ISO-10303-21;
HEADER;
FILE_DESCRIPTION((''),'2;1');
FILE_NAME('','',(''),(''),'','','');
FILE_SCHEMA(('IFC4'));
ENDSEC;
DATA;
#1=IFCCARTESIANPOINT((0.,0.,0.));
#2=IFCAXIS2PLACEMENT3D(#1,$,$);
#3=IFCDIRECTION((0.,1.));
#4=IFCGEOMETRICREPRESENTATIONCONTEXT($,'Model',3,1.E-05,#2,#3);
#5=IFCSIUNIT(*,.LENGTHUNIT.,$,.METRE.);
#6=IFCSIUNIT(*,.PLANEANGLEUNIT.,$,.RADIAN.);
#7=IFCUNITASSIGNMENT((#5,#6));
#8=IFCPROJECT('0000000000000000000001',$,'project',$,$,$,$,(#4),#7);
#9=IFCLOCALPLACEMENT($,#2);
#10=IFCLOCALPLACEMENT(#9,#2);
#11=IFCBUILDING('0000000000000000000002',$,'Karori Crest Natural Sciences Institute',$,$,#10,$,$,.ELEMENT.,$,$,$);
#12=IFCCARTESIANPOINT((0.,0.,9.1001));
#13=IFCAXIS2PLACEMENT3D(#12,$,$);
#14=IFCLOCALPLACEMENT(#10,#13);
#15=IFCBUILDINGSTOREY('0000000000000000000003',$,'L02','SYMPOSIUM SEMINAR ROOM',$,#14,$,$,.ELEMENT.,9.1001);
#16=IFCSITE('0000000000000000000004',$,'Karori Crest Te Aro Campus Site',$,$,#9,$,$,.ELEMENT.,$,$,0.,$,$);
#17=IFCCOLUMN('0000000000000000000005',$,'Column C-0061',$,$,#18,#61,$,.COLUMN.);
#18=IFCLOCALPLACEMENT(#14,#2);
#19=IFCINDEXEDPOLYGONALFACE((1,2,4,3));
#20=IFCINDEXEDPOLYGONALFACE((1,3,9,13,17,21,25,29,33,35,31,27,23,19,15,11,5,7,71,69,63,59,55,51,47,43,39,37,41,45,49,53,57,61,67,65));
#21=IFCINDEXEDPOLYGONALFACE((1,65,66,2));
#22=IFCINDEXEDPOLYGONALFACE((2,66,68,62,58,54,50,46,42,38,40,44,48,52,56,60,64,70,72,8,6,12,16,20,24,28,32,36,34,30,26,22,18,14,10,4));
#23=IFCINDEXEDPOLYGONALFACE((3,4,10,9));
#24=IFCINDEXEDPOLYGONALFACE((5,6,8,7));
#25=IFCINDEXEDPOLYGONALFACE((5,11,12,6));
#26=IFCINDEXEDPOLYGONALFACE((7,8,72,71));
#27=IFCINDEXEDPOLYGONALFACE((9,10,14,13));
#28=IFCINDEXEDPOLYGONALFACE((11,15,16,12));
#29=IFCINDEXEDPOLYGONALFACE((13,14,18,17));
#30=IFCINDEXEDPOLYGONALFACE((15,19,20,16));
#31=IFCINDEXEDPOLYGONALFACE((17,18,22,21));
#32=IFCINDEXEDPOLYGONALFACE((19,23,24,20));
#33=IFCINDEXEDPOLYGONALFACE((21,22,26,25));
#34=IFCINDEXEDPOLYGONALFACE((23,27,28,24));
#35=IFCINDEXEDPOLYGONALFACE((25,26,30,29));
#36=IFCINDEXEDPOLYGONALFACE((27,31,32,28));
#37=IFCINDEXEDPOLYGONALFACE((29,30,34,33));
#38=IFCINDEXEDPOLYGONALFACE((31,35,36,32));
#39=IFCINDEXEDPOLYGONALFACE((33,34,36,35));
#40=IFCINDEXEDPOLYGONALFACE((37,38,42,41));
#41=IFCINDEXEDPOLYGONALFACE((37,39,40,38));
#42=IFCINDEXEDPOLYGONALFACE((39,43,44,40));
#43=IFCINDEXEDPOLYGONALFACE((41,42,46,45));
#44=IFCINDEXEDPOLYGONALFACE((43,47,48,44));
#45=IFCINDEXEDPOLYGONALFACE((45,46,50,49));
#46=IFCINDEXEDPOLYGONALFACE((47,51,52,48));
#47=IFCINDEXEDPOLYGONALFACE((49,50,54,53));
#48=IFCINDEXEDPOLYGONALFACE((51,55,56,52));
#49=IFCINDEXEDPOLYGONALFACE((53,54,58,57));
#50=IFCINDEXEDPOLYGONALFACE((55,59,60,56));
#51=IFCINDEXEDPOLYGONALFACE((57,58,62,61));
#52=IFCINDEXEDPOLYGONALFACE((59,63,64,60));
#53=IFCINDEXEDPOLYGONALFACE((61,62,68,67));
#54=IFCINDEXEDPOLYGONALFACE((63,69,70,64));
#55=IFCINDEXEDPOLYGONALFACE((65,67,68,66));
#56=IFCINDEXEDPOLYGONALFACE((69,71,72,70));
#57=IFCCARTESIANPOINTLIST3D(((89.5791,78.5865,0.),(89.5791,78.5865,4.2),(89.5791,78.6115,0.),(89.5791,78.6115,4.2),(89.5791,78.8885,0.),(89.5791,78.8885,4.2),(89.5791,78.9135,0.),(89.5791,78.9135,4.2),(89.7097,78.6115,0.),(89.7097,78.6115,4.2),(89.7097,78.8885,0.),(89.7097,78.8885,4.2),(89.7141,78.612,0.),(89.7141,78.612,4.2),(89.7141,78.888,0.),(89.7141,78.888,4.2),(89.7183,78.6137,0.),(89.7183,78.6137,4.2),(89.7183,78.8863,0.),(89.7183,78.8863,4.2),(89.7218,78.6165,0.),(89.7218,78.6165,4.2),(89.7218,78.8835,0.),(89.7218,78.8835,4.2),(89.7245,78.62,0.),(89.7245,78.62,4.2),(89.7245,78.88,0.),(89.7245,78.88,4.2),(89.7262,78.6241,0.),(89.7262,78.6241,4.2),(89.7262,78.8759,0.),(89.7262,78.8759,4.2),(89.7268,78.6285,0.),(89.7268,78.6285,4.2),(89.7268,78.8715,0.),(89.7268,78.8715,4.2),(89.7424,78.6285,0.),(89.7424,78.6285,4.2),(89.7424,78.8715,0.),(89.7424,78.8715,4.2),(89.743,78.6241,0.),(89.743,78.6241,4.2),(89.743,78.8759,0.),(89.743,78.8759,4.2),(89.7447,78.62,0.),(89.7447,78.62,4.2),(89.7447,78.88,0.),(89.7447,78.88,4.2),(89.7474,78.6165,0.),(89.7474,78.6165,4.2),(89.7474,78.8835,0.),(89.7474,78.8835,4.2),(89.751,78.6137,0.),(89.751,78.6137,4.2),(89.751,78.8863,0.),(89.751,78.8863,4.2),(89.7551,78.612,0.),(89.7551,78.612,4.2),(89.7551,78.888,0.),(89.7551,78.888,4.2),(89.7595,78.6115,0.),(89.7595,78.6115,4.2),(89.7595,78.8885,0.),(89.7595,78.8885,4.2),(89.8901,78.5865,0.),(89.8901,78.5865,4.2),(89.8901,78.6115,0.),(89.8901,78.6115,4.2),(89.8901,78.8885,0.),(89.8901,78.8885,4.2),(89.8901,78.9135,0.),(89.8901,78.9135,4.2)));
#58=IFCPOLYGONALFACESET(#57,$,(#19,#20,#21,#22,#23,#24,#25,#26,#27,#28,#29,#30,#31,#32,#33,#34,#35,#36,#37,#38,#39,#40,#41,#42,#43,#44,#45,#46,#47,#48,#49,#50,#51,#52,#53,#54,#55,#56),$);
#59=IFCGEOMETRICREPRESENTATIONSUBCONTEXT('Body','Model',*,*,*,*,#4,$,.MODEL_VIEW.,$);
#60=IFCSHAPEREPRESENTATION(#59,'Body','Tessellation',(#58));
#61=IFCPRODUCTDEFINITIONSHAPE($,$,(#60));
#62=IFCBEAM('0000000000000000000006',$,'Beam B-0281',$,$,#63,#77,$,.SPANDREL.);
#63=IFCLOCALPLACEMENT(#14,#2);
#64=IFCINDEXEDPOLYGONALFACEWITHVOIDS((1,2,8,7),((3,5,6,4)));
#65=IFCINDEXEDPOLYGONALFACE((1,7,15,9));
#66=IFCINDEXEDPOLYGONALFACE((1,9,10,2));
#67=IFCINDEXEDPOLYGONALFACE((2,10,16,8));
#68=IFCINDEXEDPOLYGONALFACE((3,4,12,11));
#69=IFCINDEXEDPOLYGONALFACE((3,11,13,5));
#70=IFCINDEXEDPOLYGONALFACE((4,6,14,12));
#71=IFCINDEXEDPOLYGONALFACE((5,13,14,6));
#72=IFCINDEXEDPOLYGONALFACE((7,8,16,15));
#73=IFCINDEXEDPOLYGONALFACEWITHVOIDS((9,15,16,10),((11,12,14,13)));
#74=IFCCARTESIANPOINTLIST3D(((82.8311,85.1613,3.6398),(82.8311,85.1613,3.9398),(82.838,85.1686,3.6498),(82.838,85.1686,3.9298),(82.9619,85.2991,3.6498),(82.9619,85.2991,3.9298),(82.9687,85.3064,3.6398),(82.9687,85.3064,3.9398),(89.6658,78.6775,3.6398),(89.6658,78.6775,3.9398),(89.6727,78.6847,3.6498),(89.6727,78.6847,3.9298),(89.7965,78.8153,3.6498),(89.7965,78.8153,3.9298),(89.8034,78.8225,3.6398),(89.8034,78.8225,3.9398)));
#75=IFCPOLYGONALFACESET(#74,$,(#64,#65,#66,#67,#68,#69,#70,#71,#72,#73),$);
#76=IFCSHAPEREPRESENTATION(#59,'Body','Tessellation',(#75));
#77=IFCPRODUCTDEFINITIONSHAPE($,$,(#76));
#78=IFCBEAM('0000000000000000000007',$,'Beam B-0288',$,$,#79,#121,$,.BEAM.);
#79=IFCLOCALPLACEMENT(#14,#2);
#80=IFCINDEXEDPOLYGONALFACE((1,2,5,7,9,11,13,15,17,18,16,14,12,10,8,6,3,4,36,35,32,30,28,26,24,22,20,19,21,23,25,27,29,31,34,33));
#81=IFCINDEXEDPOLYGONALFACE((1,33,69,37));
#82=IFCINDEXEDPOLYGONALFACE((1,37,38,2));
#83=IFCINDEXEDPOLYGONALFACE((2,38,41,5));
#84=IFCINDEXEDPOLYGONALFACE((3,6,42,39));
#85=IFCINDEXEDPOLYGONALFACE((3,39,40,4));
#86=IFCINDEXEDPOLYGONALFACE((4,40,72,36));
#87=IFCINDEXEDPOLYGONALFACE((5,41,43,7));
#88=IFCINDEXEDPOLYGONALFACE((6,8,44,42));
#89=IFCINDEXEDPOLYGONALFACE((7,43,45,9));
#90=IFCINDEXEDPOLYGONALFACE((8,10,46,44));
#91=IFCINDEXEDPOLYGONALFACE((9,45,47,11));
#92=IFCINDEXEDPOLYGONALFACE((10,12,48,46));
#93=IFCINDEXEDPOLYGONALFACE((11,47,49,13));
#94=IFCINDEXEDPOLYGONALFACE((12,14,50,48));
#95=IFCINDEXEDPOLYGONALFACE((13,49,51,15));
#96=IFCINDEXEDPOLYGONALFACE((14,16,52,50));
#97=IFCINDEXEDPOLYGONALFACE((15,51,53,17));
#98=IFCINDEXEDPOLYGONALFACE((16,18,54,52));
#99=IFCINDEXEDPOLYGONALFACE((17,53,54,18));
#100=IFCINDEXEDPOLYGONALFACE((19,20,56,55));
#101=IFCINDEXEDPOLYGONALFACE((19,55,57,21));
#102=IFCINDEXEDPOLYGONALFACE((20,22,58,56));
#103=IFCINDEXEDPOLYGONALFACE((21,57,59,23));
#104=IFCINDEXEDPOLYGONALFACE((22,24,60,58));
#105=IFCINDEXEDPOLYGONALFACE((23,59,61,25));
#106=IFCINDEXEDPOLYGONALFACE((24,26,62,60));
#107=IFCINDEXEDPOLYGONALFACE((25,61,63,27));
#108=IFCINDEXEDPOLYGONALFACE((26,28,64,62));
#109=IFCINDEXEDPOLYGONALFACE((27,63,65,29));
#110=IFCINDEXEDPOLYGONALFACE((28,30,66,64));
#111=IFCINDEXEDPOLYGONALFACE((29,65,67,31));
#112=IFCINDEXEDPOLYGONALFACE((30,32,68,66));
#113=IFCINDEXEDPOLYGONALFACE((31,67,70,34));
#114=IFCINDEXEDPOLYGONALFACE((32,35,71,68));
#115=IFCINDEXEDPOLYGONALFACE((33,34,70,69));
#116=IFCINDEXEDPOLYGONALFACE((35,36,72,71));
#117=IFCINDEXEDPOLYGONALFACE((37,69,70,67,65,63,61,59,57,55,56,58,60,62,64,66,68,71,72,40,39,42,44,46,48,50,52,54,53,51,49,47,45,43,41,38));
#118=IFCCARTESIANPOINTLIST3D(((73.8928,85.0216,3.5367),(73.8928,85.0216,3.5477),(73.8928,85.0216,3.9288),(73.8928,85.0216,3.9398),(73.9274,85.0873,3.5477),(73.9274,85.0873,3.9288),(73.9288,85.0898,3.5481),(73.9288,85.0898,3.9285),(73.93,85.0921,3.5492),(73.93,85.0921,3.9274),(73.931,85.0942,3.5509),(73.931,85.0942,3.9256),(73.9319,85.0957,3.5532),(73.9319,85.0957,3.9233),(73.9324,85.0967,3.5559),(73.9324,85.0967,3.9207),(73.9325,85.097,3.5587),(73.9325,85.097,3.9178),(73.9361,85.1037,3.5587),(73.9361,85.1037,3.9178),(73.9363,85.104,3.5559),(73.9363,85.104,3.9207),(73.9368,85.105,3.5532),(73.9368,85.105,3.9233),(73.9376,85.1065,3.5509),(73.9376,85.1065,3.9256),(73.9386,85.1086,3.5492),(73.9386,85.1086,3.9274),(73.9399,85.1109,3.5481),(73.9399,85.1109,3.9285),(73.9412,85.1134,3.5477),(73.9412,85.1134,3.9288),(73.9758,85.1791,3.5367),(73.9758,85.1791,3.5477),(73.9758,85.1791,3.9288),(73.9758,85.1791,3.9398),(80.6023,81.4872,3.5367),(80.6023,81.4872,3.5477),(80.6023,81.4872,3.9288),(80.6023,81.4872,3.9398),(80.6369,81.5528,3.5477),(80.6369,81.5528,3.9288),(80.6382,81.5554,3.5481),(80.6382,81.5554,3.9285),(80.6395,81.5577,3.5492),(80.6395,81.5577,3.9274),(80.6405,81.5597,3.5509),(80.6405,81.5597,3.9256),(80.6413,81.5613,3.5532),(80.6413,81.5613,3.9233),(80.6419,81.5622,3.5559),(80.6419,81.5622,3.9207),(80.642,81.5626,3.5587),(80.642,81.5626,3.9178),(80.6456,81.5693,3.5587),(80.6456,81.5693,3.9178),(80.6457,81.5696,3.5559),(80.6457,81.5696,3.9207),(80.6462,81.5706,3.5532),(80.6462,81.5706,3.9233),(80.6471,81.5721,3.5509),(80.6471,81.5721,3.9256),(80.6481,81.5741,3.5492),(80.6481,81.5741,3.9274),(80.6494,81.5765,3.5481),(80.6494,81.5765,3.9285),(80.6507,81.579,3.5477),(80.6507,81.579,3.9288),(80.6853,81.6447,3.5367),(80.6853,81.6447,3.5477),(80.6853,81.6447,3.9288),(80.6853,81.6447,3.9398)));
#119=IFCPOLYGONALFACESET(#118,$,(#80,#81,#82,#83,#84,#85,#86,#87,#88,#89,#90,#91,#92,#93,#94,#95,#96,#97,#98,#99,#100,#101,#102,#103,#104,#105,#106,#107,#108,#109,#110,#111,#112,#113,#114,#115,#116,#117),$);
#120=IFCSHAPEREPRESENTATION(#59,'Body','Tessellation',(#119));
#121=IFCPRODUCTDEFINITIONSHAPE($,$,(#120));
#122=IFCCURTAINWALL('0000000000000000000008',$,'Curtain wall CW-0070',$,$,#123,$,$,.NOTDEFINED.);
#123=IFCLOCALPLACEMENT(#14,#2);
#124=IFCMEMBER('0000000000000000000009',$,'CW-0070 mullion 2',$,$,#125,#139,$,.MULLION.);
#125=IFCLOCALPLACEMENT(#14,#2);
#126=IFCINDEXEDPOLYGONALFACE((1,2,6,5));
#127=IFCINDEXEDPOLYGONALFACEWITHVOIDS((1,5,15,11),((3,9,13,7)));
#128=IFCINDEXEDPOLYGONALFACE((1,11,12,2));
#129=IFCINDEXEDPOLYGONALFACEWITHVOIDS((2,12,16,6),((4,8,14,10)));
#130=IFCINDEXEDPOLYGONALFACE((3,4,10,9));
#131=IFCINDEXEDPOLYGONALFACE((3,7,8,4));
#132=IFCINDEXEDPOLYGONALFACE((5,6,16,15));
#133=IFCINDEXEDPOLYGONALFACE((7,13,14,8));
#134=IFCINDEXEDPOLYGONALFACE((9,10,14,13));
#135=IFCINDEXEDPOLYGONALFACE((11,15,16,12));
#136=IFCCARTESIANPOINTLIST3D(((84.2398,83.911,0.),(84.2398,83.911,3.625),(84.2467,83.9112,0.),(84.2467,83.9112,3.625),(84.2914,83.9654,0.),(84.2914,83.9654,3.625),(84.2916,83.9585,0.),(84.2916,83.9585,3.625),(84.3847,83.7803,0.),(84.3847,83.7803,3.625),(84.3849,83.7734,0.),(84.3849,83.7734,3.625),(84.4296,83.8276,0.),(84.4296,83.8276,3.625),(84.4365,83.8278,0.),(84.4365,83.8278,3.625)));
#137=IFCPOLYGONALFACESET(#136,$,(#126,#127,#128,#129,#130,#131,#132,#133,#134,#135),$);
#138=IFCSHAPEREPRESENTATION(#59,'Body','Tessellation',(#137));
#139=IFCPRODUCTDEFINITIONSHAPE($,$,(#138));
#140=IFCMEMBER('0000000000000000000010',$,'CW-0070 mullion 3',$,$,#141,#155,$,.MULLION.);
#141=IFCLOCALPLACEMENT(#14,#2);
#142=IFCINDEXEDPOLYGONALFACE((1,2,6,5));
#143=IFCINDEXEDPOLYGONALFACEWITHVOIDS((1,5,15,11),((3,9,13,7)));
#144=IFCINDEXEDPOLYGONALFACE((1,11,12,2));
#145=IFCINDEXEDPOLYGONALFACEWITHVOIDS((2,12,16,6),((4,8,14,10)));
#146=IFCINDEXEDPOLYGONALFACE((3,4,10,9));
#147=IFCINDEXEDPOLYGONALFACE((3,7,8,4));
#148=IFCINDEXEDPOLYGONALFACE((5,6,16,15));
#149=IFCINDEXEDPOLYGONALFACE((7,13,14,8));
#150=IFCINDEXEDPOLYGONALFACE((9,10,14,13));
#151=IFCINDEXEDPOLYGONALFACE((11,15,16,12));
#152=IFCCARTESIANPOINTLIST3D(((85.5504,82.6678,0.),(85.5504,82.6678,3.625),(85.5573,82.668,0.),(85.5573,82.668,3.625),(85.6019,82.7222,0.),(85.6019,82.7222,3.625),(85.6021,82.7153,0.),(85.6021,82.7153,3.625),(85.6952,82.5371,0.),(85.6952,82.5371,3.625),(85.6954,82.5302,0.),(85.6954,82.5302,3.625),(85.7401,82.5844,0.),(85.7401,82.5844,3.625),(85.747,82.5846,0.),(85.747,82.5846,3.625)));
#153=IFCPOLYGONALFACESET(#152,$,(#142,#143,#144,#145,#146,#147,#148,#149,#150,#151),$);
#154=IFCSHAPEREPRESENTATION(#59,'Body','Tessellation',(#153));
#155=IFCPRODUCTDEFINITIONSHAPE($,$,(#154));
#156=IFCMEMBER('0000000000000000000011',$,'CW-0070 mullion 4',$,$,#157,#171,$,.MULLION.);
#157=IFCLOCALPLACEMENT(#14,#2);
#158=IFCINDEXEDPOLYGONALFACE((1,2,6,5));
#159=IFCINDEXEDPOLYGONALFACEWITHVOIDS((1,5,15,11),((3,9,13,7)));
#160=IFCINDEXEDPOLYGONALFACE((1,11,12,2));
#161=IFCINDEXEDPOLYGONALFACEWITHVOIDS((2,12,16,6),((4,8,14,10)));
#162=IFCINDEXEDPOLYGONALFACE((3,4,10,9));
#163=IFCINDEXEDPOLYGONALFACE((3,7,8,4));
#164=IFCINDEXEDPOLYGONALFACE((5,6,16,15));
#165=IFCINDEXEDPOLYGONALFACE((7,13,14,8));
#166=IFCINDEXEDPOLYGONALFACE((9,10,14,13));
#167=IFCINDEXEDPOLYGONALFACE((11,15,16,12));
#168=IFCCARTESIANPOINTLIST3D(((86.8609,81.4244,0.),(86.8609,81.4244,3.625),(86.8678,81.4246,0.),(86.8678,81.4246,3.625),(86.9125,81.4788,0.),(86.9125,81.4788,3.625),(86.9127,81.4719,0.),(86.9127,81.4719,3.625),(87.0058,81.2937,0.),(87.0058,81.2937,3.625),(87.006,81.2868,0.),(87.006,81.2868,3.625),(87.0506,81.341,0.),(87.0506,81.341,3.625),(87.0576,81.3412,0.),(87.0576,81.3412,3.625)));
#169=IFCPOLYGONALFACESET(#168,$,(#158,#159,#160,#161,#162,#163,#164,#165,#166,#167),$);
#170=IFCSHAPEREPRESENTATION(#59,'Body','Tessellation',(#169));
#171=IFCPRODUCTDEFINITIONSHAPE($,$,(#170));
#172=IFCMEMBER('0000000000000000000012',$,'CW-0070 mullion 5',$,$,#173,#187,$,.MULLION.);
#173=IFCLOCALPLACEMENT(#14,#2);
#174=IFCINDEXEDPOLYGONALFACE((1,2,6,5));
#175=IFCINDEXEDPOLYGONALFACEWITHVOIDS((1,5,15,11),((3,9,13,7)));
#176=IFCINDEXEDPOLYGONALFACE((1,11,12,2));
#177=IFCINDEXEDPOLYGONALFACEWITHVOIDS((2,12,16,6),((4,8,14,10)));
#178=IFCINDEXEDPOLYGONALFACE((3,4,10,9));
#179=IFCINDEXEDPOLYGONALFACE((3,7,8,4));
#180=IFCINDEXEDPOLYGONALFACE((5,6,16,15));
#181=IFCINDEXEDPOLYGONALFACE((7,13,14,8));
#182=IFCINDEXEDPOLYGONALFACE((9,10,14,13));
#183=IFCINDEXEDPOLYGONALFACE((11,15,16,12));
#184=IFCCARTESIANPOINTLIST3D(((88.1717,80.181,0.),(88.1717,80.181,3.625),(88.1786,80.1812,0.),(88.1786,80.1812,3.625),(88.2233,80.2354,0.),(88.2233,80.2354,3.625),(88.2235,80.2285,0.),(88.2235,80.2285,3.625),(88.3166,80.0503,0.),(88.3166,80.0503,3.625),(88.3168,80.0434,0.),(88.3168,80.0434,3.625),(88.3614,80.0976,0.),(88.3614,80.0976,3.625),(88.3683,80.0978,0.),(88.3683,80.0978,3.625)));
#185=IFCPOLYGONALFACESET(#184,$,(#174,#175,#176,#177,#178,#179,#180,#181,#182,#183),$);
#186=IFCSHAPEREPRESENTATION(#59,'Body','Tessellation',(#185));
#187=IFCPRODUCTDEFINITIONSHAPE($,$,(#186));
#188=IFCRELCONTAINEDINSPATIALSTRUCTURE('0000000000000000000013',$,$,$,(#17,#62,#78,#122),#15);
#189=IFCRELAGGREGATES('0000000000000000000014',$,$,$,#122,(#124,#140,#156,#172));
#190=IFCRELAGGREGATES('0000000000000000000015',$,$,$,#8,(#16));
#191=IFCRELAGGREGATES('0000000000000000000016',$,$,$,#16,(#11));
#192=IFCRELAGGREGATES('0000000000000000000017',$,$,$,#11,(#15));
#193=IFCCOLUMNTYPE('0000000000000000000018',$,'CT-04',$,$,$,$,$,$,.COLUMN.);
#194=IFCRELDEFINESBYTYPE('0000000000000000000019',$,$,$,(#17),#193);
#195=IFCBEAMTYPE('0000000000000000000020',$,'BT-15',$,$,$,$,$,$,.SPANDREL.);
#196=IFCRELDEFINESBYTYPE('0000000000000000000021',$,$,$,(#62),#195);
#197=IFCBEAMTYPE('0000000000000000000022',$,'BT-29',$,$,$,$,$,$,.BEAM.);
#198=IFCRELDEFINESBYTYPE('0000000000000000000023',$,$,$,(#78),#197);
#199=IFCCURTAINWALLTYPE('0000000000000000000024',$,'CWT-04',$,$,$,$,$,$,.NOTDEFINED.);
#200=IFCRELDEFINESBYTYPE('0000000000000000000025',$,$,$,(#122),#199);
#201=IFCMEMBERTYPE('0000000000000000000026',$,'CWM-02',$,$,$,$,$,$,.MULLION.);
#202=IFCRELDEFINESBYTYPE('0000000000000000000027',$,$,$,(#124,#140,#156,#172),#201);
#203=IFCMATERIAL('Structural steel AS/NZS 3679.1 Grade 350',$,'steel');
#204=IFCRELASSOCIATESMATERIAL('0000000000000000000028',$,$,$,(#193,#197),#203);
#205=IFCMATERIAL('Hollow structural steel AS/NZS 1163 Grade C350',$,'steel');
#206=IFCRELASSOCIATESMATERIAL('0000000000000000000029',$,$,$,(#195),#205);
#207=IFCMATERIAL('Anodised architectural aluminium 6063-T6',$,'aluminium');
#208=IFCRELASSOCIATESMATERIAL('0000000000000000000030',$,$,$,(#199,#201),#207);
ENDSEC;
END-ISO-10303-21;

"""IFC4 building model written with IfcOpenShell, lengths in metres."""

from ifc_helpers import new_model, si_unit, direction, frame, origin, origin_2d, place, context, subcontext, project, spatial, hollow_rectangle, i_section, extrude, material, material_profile, profile_set, type_object, element, aggregate, save


model = new_model("IFC4")

# Units and contexts
model_context = context("Model", 3, precision=1e-05, world=origin(), true_north=direction((0.0, 1.0)))
body_context = subcontext(model_context, "Body", "Model", "MODEL_VIEW")
ifc_project = project(units=[si_unit("LENGTHUNIT", "METRE"), si_unit("PLANEANGLEUNIT", "RADIAN")], contexts=[model_context])

# Site, building, storey
site_placement = place(None, origin())
site = spatial("IfcSite", under=ifc_project, at=site_placement, Name="Karori Crest Te Aro Campus Site", CompositionType="ELEMENT", RefElevation=0.0)
building_placement = place(site_placement, origin())
building = spatial("IfcBuilding", under=site, at=building_placement, Name="Karori Crest Natural Sciences Institute", CompositionType="ELEMENT")
storey_placement = place(building_placement, frame((0.0, 0.0, 9.1001)))
storey = spatial("IfcBuildingStorey", under=building, at=storey_placement, Name="L02", Description="SYMPOSIUM SEMINAR ROOM", CompositionType="ELEMENT", Elevation=9.1001)

# Column
ifc_material_1 = material(Name="Structural steel AS/NZS 3679.1 Grade 350", Category="steel")
ifc_material_profile_1 = material_profile(ifc_material_1, i_section(OverallWidth=0.311, OverallDepth=0.3269, WebThickness=0.0156, FlangeThickness=0.0249, FilletRadius=0.0171, at=origin_2d()), Name="310UC158")
ifc_profile_set_1 = profile_set([ifc_material_profile_1], Name="Structural steel AS/NZS 3679.1 Grade 350")
column_type = type_object("IfcColumnType", Name="CT-04", PredefinedType="COLUMN", material=ifc_profile_set_1)
column_placement = place(storey_placement, frame((89.7346, 78.75, 0.0), z_axis=(0.0, 0.0, 1.0), x_axis=(1.0, 0.0, 0.0)))
element("IfcColumn", 1, at=column_placement, inside=storey, type_object=column_type, Name="Column C-0061", PredefinedType="COLUMN", context=body_context, shape_type="SweptSolid", body=[
    extrude(i_section(OverallWidth=0.311, OverallDepth=0.3269, WebThickness=0.0156, FlangeThickness=0.0249, FilletRadius=0.0171, at=origin_2d()), origin(), (0.0, 0.0, 1.0), 4.2),
])

# Beams
ifc_material_2 = material(Name="Hollow structural steel AS/NZS 1163 Grade C350", Category="steel")
ifc_material_profile_2 = material_profile(ifc_material_2, hollow_rectangle(XDim=0.2, YDim=0.3, WallThickness=0.01, at=origin_2d()), Name="RHS300x200x10")
ifc_profile_set_2 = profile_set([ifc_material_profile_2], Name="Hollow structural steel AS/NZS 1163 Grade C350")
beam_type_1 = type_object("IfcBeamType", Name="BT-15", PredefinedType="SPANDREL", material=ifc_profile_set_2)
beam_1_placement = place(storey_placement, frame((89.7346, 78.75, 3.7898), z_axis=(-0.725481, 0.688242, 0.0), x_axis=(-0.688242, -0.725481, 0.0)))
element("IfcBeam", 2, at=beam_1_placement, inside=storey, type_object=beam_type_1, Name="Beam B-0281", PredefinedType="SPANDREL", context=body_context, shape_type="SweptSolid", body=[
    extrude(hollow_rectangle(XDim=0.2, YDim=0.3, WallThickness=0.01, at=origin_2d()), origin(), (0.0, 0.0, 1.0), 9.4209),
])
ifc_material_profile_3 = material_profile(ifc_material_1, i_section(OverallWidth=0.178, OverallDepth=0.4031, WebThickness=0.0076, FlangeThickness=0.011, FilletRadius=0.011, at=origin_2d()), Name="410UB53.7")
ifc_profile_set_3 = profile_set([ifc_material_profile_3], Name="Structural steel AS/NZS 3679.1 Grade 350")
beam_type_2 = type_object("IfcBeamType", Name="BT-29", PredefinedType="BEAM", material=ifc_profile_set_3)
beam_2_placement = place(storey_placement, frame((80.6438, 81.5659, 3.7383), z_axis=(-0.884748, 0.466069, 0.0), x_axis=(-0.466069, -0.884748, 0.0)))
element("IfcBeam", 3, at=beam_2_placement, inside=storey, type_object=beam_type_2, Name="Beam B-0288", PredefinedType="BEAM", context=body_context, shape_type="SweptSolid", body=[
    extrude(i_section(OverallWidth=0.178, OverallDepth=0.4031, WebThickness=0.0076, FlangeThickness=0.011, FilletRadius=0.011, at=origin_2d()), origin(), (0.0, 0.0, 1.0), 7.5835),
])

# Curtain wall, members
ifc_material_3 = material(Name="Anodised architectural aluminium 6063-T6", Category="aluminium")
curtain_wall_type = type_object("IfcCurtainWallType", Name="CWT-04", PredefinedType="NOTDEFINED", material=ifc_material_3)
curtain_wall_placement = place(storey_placement, origin())
curtain_wall = element("IfcCurtainWall", 4, at=curtain_wall_placement, inside=storey, type_object=curtain_wall_type, Name="Curtain wall CW-0070", PredefinedType="NOTDEFINED")
ifc_material_profile_4 = material_profile(ifc_material_3, hollow_rectangle(XDim=0.075, YDim=0.2, WallThickness=0.0049, at=origin_2d()), Name="CWM200x75x5")
ifc_profile_set_4 = profile_set([ifc_material_profile_4], Name="Anodised architectural aluminium 6063-T6")
member_type_1 = type_object("IfcMemberType", Name="CWM-02", PredefinedType="MULLION", material=ifc_profile_set_4)
member_1_placement = place(storey_placement, frame((84.3381, 83.8694, 0.0), z_axis=(0.0, 0.0, 1.0), x_axis=(0.688246, 0.725477, 0.0)))
member_1 = element("IfcMember", 5, at=member_1_placement, type_object=member_type_1, Name="CW-0070 mullion 2", PredefinedType="MULLION", context=body_context, shape_type="SweptSolid", body=[
    extrude(hollow_rectangle(XDim=0.075, YDim=0.2, WallThickness=0.0049, at=origin_2d()), origin(), (0.0, 0.0, 1.0), 3.625),
])
member_2_placement = place(storey_placement, frame((85.6487, 82.6262, 0.0), z_axis=(0.0, 0.0, 1.0), x_axis=(0.688246, 0.725477, 0.0)))
member_2 = element("IfcMember", 6, at=member_2_placement, type_object=member_type_1, Name="CW-0070 mullion 3", PredefinedType="MULLION", context=body_context, shape_type="SweptSolid", body=[
    extrude(hollow_rectangle(XDim=0.075, YDim=0.2, WallThickness=0.0049, at=origin_2d()), origin(), (0.0, 0.0, 1.0), 3.625),
])
member_3_placement = place(storey_placement, frame((86.9592, 81.3828, 0.0), z_axis=(0.0, 0.0, 1.0), x_axis=(0.688246, 0.725477, 0.0)))
member_3 = element("IfcMember", 7, at=member_3_placement, type_object=member_type_1, Name="CW-0070 mullion 4", PredefinedType="MULLION", context=body_context, shape_type="SweptSolid", body=[
    extrude(hollow_rectangle(XDim=0.075, YDim=0.2, WallThickness=0.0049, at=origin_2d()), origin(), (0.0, 0.0, 1.0), 3.625),
])
member_4_placement = place(storey_placement, frame((88.27, 80.1394, 0.0), z_axis=(0.0, 0.0, 1.0), x_axis=(0.688246, 0.725477, 0.0)))
member_4 = element("IfcMember", 8, at=member_4_placement, type_object=member_type_1, Name="CW-0070 mullion 5", PredefinedType="MULLION", context=body_context, shape_type="SweptSolid", body=[
    extrude(hollow_rectangle(XDim=0.075, YDim=0.2, WallThickness=0.0049, at=origin_2d()), origin(), (0.0, 0.0, 1.0), 3.625),
])
aggregate(curtain_wall, [member_1, member_2, member_3, member_4])

save(model, "model.ifc")
